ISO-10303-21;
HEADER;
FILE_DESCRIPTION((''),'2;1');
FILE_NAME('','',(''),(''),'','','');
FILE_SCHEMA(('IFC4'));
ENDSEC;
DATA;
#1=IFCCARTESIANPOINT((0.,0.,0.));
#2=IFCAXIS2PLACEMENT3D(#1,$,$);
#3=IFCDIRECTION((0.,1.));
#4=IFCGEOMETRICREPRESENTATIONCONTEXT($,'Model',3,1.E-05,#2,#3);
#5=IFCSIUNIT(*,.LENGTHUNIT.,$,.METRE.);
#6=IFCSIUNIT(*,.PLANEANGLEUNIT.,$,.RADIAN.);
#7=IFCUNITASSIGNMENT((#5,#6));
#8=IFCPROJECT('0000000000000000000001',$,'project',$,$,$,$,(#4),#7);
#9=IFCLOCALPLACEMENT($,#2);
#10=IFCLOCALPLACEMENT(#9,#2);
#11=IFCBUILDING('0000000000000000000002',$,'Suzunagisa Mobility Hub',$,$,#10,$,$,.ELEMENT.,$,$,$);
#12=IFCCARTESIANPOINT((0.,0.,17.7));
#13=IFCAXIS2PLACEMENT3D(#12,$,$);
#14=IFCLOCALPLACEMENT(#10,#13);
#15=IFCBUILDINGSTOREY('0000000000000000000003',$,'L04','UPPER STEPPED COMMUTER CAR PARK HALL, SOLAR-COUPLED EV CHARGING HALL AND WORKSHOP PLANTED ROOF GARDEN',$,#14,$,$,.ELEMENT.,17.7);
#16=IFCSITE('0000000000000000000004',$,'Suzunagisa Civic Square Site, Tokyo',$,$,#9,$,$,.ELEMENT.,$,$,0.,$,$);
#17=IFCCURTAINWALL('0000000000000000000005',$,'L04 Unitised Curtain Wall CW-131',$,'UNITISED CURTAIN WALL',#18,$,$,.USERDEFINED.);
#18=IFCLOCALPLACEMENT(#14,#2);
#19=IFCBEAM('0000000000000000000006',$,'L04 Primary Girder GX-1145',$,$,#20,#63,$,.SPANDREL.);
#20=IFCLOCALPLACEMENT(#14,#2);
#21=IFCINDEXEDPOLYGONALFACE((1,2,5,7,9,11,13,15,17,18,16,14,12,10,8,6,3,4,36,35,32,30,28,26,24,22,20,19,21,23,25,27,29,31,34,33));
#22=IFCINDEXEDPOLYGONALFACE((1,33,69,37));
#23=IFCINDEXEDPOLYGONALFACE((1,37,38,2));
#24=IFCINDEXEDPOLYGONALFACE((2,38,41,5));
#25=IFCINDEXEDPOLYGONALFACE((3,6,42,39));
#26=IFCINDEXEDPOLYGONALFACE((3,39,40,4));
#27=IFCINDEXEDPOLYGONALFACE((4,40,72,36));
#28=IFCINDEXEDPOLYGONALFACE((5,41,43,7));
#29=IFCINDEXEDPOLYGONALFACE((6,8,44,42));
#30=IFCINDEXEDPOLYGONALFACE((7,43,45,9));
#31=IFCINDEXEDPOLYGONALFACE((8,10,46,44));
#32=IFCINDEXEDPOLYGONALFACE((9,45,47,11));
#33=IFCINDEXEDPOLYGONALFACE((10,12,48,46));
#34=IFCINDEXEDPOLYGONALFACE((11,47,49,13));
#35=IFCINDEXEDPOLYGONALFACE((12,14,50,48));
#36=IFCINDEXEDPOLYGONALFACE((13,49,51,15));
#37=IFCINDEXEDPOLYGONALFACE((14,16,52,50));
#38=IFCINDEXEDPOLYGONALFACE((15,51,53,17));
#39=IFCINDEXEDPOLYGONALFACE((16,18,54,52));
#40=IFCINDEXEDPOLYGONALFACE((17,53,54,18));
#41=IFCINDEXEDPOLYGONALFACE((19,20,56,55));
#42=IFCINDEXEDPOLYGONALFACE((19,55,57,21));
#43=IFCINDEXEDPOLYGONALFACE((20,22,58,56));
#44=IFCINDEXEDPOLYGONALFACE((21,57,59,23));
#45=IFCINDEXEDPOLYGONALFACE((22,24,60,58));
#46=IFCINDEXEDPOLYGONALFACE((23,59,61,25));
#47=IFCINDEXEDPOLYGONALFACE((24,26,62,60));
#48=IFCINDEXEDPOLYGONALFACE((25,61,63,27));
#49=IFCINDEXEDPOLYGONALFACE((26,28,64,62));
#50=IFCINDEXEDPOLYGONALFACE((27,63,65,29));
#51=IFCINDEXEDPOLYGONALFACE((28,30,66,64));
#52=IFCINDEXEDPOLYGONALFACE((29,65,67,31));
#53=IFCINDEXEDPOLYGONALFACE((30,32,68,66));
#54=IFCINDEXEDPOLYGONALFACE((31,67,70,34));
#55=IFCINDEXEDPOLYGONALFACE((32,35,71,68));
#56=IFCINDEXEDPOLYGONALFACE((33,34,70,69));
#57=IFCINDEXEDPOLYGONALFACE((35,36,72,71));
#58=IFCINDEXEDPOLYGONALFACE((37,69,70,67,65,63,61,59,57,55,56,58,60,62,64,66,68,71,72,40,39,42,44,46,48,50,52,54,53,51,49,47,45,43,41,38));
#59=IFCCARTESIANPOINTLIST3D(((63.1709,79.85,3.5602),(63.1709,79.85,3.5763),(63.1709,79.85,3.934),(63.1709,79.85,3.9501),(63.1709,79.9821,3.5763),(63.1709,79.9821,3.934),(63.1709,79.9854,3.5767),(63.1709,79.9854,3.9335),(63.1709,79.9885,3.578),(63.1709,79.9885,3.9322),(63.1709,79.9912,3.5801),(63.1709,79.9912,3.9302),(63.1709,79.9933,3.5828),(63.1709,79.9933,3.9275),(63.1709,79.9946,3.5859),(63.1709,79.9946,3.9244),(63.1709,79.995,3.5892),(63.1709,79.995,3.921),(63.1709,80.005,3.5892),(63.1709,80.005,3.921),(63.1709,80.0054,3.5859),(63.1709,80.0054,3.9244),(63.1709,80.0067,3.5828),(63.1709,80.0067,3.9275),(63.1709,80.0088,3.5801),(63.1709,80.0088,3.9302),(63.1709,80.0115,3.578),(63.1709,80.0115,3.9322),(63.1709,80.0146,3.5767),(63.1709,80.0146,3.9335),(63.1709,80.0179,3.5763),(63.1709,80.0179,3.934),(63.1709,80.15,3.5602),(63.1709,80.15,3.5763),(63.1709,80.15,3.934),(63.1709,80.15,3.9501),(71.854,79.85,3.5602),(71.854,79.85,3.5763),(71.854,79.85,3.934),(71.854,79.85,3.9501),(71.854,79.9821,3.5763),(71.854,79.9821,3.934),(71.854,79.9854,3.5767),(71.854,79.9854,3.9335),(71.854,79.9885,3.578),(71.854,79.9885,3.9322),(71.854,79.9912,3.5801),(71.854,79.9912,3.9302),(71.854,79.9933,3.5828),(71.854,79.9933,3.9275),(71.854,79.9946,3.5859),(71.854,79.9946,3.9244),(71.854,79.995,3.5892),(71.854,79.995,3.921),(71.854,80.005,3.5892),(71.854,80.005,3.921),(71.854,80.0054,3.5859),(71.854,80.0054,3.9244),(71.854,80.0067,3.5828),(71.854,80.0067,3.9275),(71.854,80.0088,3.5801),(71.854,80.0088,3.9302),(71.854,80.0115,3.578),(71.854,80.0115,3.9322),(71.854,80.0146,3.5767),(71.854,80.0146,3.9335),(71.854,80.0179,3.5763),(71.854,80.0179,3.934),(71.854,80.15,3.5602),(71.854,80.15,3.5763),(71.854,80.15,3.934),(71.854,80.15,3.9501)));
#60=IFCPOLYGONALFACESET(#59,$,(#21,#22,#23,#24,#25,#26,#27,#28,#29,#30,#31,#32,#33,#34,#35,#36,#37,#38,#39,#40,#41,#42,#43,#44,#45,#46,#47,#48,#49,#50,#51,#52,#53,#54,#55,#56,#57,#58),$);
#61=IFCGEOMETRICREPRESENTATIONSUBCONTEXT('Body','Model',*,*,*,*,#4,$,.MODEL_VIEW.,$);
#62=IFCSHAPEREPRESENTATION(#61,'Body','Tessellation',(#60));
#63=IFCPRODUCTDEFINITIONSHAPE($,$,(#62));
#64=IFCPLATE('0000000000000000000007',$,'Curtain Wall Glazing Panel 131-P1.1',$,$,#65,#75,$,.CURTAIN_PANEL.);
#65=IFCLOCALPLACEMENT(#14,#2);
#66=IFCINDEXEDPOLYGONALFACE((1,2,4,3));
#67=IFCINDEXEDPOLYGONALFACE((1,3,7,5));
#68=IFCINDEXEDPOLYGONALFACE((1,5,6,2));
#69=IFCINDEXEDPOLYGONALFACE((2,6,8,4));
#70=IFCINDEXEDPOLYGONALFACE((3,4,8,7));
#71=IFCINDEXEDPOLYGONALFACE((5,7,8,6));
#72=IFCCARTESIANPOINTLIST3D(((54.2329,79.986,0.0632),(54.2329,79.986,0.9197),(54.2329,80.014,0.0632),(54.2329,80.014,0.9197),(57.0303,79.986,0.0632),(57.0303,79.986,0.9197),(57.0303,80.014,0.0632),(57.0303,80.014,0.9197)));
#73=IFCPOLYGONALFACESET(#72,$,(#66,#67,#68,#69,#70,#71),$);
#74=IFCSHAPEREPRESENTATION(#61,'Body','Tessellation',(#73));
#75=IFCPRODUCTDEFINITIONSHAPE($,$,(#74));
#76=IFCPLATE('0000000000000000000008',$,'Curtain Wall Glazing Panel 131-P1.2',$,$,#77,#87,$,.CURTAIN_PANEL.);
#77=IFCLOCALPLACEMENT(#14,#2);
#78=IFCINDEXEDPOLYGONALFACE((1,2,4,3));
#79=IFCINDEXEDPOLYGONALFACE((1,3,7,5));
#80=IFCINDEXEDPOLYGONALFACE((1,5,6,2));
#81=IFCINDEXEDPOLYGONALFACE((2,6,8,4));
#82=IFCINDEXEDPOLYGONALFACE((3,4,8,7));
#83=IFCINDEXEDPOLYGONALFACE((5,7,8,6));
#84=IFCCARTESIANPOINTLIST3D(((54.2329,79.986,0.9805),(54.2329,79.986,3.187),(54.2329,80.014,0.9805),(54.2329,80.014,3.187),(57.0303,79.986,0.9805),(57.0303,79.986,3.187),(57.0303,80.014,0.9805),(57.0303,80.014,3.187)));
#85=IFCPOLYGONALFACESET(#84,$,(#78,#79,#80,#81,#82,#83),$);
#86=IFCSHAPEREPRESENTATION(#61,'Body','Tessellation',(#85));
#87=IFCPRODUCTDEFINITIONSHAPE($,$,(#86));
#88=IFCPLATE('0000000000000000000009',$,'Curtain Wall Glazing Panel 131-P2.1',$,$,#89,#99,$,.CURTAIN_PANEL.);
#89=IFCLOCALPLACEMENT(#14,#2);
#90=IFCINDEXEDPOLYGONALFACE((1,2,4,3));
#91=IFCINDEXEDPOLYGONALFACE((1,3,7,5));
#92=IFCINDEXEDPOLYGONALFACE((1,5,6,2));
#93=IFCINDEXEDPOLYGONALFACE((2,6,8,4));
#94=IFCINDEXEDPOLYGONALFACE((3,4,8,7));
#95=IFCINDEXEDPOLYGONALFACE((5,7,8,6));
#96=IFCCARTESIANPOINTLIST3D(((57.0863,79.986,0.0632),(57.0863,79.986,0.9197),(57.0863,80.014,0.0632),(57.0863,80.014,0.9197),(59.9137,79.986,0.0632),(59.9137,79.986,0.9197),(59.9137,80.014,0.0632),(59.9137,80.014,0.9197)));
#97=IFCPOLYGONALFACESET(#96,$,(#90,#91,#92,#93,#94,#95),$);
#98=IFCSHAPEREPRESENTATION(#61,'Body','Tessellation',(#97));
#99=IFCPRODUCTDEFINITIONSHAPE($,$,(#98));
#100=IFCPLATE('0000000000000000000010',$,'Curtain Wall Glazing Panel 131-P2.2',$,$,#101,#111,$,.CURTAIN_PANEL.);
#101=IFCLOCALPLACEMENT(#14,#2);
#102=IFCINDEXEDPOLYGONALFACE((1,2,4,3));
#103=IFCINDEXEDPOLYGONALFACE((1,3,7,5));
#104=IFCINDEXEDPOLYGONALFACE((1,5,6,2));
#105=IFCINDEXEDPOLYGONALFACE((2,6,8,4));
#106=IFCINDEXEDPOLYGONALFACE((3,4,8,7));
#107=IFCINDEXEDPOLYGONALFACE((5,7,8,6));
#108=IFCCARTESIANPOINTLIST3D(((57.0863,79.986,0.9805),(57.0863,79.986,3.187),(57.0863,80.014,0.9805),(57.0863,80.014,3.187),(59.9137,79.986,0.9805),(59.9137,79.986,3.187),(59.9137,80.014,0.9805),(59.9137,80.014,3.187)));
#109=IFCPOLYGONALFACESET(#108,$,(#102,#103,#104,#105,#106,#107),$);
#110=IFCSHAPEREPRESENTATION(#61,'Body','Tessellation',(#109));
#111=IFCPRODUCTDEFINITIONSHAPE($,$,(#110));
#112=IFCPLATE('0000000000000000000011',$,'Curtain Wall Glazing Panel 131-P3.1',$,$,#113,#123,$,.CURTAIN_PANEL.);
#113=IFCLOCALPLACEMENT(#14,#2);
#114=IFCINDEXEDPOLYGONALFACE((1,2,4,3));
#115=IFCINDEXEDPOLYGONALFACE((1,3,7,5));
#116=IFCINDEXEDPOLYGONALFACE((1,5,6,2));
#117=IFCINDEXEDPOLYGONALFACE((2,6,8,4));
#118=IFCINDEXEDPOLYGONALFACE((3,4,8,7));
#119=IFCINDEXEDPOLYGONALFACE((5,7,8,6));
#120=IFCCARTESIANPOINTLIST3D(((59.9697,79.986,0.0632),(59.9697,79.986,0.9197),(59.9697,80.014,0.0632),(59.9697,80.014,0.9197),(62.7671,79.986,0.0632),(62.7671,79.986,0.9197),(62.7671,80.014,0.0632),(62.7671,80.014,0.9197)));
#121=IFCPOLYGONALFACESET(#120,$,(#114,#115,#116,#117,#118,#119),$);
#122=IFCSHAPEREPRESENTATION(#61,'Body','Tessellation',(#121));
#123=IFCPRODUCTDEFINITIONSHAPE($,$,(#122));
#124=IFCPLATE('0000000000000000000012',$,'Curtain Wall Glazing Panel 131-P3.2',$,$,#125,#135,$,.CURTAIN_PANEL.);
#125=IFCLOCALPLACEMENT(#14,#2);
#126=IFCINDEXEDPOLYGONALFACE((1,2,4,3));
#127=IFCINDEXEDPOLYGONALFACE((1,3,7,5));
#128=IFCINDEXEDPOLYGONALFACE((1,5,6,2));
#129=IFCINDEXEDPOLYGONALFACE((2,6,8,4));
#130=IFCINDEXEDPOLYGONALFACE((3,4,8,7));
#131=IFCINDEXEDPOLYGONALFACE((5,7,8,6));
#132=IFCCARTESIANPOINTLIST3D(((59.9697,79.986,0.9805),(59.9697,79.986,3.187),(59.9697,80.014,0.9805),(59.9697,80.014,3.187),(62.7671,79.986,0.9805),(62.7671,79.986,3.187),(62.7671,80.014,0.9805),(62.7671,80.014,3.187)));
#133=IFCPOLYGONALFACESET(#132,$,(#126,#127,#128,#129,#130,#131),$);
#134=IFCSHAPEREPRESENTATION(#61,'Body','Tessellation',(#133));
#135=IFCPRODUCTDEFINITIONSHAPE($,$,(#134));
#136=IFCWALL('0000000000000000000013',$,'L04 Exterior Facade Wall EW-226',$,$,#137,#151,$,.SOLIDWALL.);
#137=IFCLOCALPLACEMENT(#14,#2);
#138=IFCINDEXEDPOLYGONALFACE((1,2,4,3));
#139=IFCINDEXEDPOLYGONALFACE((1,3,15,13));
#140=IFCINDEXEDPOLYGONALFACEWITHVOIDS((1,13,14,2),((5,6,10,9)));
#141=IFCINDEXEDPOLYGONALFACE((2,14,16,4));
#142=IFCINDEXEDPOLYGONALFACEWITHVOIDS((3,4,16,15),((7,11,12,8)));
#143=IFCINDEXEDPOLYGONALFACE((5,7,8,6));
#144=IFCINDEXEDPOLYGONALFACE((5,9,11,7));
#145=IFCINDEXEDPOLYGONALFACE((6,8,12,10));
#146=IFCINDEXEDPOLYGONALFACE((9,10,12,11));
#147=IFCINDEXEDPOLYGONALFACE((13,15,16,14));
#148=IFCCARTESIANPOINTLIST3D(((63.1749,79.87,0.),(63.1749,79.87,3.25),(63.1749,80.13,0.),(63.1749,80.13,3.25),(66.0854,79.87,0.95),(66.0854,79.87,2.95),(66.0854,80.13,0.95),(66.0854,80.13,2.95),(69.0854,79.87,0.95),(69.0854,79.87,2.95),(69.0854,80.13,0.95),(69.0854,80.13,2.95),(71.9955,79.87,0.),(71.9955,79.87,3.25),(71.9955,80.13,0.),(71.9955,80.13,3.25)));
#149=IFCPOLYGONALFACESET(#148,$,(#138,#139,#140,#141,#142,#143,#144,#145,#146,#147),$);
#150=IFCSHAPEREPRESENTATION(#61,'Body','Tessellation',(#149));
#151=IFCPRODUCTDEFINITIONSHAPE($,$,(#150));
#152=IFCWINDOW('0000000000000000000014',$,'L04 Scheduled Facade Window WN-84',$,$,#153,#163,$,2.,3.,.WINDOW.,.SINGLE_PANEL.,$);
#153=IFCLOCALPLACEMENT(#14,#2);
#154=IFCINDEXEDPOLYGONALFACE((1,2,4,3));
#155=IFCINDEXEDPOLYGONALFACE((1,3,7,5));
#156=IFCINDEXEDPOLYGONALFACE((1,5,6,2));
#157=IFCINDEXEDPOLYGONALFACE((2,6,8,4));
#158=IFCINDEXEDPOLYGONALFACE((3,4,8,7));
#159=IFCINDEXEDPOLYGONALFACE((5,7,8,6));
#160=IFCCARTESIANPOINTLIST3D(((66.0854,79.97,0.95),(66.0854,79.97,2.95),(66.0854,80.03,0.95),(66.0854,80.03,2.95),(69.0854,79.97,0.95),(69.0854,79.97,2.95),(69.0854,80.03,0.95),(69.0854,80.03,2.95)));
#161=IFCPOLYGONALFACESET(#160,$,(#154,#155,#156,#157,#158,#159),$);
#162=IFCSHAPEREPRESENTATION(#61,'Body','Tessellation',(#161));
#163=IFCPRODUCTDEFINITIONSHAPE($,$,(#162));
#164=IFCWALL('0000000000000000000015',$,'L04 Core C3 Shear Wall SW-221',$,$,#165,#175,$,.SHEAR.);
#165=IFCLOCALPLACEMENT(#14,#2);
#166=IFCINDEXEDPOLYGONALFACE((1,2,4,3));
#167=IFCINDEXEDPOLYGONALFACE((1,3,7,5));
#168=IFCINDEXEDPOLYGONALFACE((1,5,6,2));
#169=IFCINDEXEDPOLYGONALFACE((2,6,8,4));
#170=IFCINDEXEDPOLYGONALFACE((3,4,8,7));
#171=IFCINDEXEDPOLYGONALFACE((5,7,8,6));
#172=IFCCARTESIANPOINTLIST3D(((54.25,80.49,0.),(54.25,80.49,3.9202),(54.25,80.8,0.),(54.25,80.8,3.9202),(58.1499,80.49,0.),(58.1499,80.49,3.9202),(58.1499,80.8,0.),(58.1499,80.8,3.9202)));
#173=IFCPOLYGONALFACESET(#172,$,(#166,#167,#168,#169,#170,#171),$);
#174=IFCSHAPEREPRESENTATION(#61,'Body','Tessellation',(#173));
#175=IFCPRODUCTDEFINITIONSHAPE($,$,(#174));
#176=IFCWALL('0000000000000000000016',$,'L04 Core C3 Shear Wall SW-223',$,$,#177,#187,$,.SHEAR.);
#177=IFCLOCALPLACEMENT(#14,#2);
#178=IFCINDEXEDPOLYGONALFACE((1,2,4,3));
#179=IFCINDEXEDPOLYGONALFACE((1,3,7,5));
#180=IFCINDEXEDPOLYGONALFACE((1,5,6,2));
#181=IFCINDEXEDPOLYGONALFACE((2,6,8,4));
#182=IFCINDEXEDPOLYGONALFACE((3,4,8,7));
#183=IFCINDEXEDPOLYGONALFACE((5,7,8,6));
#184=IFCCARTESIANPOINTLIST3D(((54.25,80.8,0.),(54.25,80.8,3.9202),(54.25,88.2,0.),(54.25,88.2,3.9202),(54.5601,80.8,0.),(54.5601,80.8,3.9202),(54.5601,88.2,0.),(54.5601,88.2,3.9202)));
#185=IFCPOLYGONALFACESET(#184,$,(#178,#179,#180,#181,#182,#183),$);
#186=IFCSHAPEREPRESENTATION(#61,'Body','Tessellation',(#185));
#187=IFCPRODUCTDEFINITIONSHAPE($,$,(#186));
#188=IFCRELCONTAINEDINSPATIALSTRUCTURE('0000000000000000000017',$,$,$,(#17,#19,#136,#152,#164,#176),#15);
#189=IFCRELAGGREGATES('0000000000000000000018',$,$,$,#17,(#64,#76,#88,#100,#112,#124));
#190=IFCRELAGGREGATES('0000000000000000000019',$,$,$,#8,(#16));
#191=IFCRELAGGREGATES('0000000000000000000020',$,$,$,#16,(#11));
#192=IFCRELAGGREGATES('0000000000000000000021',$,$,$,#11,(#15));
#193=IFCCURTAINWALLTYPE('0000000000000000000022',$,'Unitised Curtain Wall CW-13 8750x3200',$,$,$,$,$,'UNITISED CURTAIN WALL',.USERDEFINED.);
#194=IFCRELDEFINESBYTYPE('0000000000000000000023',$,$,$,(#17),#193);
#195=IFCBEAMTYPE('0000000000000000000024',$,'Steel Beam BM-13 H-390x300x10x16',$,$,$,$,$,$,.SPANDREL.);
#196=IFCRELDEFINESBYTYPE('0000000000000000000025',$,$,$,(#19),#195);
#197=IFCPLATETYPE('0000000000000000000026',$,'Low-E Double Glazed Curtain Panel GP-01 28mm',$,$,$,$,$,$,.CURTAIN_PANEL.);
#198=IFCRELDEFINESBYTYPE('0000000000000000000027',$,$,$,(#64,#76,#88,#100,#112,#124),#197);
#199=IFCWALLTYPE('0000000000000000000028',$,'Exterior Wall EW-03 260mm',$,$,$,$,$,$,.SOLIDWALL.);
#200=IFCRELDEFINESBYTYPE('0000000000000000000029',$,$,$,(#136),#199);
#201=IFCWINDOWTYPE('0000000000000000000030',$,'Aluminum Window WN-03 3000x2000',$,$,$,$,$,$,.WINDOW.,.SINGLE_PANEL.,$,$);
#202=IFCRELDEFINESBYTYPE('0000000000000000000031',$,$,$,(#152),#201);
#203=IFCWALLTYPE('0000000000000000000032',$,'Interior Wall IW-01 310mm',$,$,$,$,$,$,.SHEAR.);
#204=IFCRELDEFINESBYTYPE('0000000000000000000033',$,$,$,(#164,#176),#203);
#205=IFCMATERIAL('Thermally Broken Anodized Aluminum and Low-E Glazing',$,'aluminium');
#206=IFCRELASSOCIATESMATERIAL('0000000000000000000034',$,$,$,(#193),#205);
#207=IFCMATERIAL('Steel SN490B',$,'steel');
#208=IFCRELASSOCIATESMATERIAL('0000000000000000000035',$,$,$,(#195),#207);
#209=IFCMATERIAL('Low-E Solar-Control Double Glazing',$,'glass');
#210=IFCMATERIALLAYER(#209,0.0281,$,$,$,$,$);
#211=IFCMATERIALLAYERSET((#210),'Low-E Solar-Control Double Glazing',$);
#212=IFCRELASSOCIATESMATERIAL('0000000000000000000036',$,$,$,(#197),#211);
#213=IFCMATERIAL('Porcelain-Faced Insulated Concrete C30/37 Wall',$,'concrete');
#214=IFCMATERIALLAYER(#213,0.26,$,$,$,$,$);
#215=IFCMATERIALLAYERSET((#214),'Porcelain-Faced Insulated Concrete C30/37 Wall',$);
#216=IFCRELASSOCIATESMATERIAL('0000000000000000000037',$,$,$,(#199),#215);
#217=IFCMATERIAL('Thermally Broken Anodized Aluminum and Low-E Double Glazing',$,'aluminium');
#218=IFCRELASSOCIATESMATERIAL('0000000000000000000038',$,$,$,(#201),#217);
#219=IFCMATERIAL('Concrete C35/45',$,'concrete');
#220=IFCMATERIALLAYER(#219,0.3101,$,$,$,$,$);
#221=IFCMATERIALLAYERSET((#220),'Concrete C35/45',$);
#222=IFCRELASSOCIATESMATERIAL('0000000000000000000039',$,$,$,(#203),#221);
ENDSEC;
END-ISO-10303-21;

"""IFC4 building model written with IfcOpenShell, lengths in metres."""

from ifc_helpers import new_model, si_unit, direction, frame, frame_2d, origin, origin_2d, place, context, subcontext, project, spatial, rectangle, i_section, extrude, material, layer, layer_set, material_profile, profile_set, type_object, element, fill, aggregate, save


model = new_model("IFC4")

# Units and contexts
model_context = context("Model", 3, precision=1e-05, world=origin(), true_north=direction((0.0, 1.0)))
body_context = subcontext(model_context, "Body", "Model", "MODEL_VIEW")
ifc_project = project(units=[si_unit("LENGTHUNIT", "METRE"), si_unit("PLANEANGLEUNIT", "RADIAN")], contexts=[model_context])

# Site, building, storey
site_placement = place(None, origin())
site = spatial("IfcSite", under=ifc_project, at=site_placement, Name="Suzunagisa Civic Square Site, Tokyo", CompositionType="ELEMENT", RefElevation=0.0)
building_placement = place(site_placement, origin())
building = spatial("IfcBuilding", under=site, at=building_placement, Name="Suzunagisa Mobility Hub", CompositionType="ELEMENT")
storey_placement = place(building_placement, frame((0.0, 0.0, 17.7)))
storey = spatial("IfcBuildingStorey", under=building, at=storey_placement, Name="L04", Description="UPPER STEPPED COMMUTER CAR PARK HALL, SOLAR-COUPLED EV CHARGING HALL AND WORKSHOP PLANTED ROOF GARDEN", CompositionType="ELEMENT", Elevation=17.7)

# Shared definitions
ifc_material_1 = material(Name="Steel SN490B", Category="steel")

# Curtain wall
ifc_material_2 = material(Name="Thermally Broken Anodized Aluminum and Low-E Glazing", Category="aluminium")
curtain_wall_type = type_object("IfcCurtainWallType", Name="Unitised Curtain Wall CW-13 8750x3200", ElementType="UNITISED CURTAIN WALL", PredefinedType="USERDEFINED", material=ifc_material_2)
curtain_wall_placement = place(storey_placement, origin())
curtain_wall = element("IfcCurtainWall", 1, at=curtain_wall_placement, inside=storey, type_object=curtain_wall_type, Name="L04 Unitised Curtain Wall CW-131", ObjectType="UNITISED CURTAIN WALL", PredefinedType="USERDEFINED")

# Beam
ifc_material_profile_1 = material_profile(ifc_material_1, i_section(OverallWidth=0.3, OverallDepth=0.3899, WebThickness=0.01, FlangeThickness=0.0161, FilletRadius=0.0129, at=origin_2d()), Name="H-390x300x10x16")
ifc_profile_set_1 = profile_set([ifc_material_profile_1], Name="Steel SN490B")
beam_type_1 = type_object("IfcBeamType", Name="Steel Beam BM-13 H-390x300x10x16", PredefinedType="SPANDREL", material=ifc_profile_set_1)
beam_1_placement = place(storey_placement, frame((63.1709, 80.0, 3.7551), z_axis=(1.0, 0.0, 0.0), x_axis=(0.0, 1.0, 0.0)))
element("IfcBeam", 2, at=beam_1_placement, inside=storey, type_object=beam_type_1, Name="L04 Primary Girder GX-1145", PredefinedType="SPANDREL", context=body_context, shape_type="SweptSolid", body=[
    extrude(i_section(OverallWidth=0.3, OverallDepth=0.3899, WebThickness=0.01, FlangeThickness=0.0161, FilletRadius=0.0129, at=origin_2d()), origin(), (0.0, 0.0, 1.0), 8.6831),
])

# Plates
ifc_material_3 = material(Name="Low-E Solar-Control Double Glazing", Category="glass")
ifc_layer_1 = layer(ifc_material_3, 0.0281)
ifc_layer_set_1 = layer_set([ifc_layer_1], Name="Low-E Solar-Control Double Glazing")
plate_type = type_object("IfcPlateType", Name="Low-E Double Glazed Curtain Panel GP-01 28mm", PredefinedType="CURTAIN_PANEL", material=ifc_layer_set_1)
plate_1_placement = place(storey_placement, frame((55.6316, 80.0, 0.0632), z_axis=(0.0, 0.0, 1.0), x_axis=(1.0, 0.0, 0.0)))
plate_1 = element("IfcPlate", 3, at=plate_1_placement, type_object=plate_type, Name="Curtain Wall Glazing Panel 131-P1.1", PredefinedType="CURTAIN_PANEL", context=body_context, shape_type="SweptSolid", body=[
    extrude(rectangle(XDim=2.7974, YDim=0.0281, at=origin_2d()), origin(), (0.0, 0.0, 1.0), 0.8564),
])
plate_2_placement = place(storey_placement, frame((55.6316, 80.0, 0.9805), z_axis=(0.0, 0.0, 1.0), x_axis=(1.0, 0.0, 0.0)))
plate_2 = element("IfcPlate", 4, at=plate_2_placement, type_object=plate_type, Name="Curtain Wall Glazing Panel 131-P1.2", PredefinedType="CURTAIN_PANEL", context=body_context, shape_type="SweptSolid", body=[
    extrude(rectangle(XDim=2.7974, YDim=0.0281, at=origin_2d()), origin(), (0.0, 0.0, 1.0), 2.2065),
])
plate_3_placement = place(storey_placement, frame((58.5, 80.0, 0.0632), z_axis=(0.0, 0.0, 1.0), x_axis=(1.0, 0.0, 0.0)))
plate_3 = element("IfcPlate", 5, at=plate_3_placement, type_object=plate_type, Name="Curtain Wall Glazing Panel 131-P2.1", PredefinedType="CURTAIN_PANEL", context=body_context, shape_type="SweptSolid", body=[
    extrude(rectangle(XDim=2.8274, YDim=0.0281, at=origin_2d()), origin(), (0.0, 0.0, 1.0), 0.8564),
])
plate_4_placement = place(storey_placement, frame((58.5, 80.0, 0.9805), z_axis=(0.0, 0.0, 1.0), x_axis=(1.0, 0.0, 0.0)))
plate_4 = element("IfcPlate", 6, at=plate_4_placement, type_object=plate_type, Name="Curtain Wall Glazing Panel 131-P2.2", PredefinedType="CURTAIN_PANEL", context=body_context, shape_type="SweptSolid", body=[
    extrude(rectangle(XDim=2.8274, YDim=0.0281, at=origin_2d()), origin(), (0.0, 0.0, 1.0), 2.2065),
])
plate_5_placement = place(storey_placement, frame((61.3684, 80.0, 0.0632), z_axis=(0.0, 0.0, 1.0), x_axis=(1.0, 0.0, 0.0)))
plate_5 = element("IfcPlate", 7, at=plate_5_placement, type_object=plate_type, Name="Curtain Wall Glazing Panel 131-P3.1", PredefinedType="CURTAIN_PANEL", context=body_context, shape_type="SweptSolid", body=[
    extrude(rectangle(XDim=2.7974, YDim=0.0281, at=origin_2d()), origin(), (0.0, 0.0, 1.0), 0.8564),
])
plate_6_placement = place(storey_placement, frame((61.3684, 80.0, 0.9805), z_axis=(0.0, 0.0, 1.0), x_axis=(1.0, 0.0, 0.0)))
plate_6 = element("IfcPlate", 8, at=plate_6_placement, type_object=plate_type, Name="Curtain Wall Glazing Panel 131-P3.2", PredefinedType="CURTAIN_PANEL", context=body_context, shape_type="SweptSolid", body=[
    extrude(rectangle(XDim=2.7974, YDim=0.0281, at=origin_2d()), origin(), (0.0, 0.0, 1.0), 2.2065),
])
aggregate(curtain_wall, [plate_1, plate_2, plate_3, plate_4, plate_5, plate_6])

# Wall, opening, window
ifc_material_4 = material(Name="Porcelain-Faced Insulated Concrete C30/37 Wall", Category="concrete")
ifc_layer_2 = layer(ifc_material_4, 0.26)
ifc_layer_set_2 = layer_set([ifc_layer_2], Name="Porcelain-Faced Insulated Concrete C30/37 Wall")
wall_type_1 = type_object("IfcWallType", Name="Exterior Wall EW-03 260mm", PredefinedType="SOLIDWALL", material=ifc_layer_set_2)
wall_1_placement = place(storey_placement, frame((63.175, 80.0, 0.0), z_axis=(0.0, 0.0, 1.0), x_axis=(1.0, 0.0, 0.0)))
wall_1 = element("IfcWall", 9, at=wall_1_placement, inside=storey, type_object=wall_type_1, Name="L04 Exterior Facade Wall EW-226", PredefinedType="SOLIDWALL", context=body_context, shape_type="SweptSolid", body=[
    extrude(rectangle(XDim=8.8206, YDim=0.26, at=frame_2d((4.4102, 0.0))), origin(), (0.0, 0.0, 1.0), 3.25),
])
opening_1_placement = place(wall_1_placement, frame((2.9104, 0.0, 0.95)))
opening_1 = element("IfcOpeningElement", 10, at=opening_1_placement, cuts=wall_1, PredefinedType="OPENING", context=body_context, shape_type="SweptSolid", body=[
    extrude(rectangle(XDim=3.0, YDim=2.0, at=frame_2d((1.5, 1.0))), frame((0.0, 0.1411, 0.0), z_axis=(0.0, -1.0, 0.0), x_axis=(1.0, 0.0, 0.0)), (0.0, 0.0, 1.0), 0.282),
])
ifc_material_5 = material(Name="Thermally Broken Anodized Aluminum and Low-E Double Glazing", Category="aluminium")
window_type = type_object("IfcWindowType", Name="Aluminum Window WN-03 3000x2000", PartitioningType="SINGLE_PANEL", PredefinedType="WINDOW", material=ifc_material_5)
window_placement = place(opening_1_placement, origin())
window = element("IfcWindow", 11, at=window_placement, inside=storey, type_object=window_type, Name="L04 Scheduled Facade Window WN-84", OverallHeight=2.0, OverallWidth=3.0, PartitioningType="SINGLE_PANEL", PredefinedType="WINDOW", context=body_context, shape_type="SweptSolid", body=[
    extrude(rectangle(XDim=3.0, YDim=2.0, at=frame_2d((1.5, 1.0))), frame((0.0, 0.03, 0.0), z_axis=(0.0, -1.0, 0.0), x_axis=(1.0, 0.0, 0.0)), (0.0, 0.0, 1.0), 0.0601),
])
fill(opening_1, window)

# Walls
ifc_material_6 = material(Name="Concrete C35/45", Category="concrete")
ifc_layer_3 = layer(ifc_material_6, 0.3101)
ifc_layer_set_3 = layer_set([ifc_layer_3], Name="Concrete C35/45")
wall_type_2 = type_object("IfcWallType", Name="Interior Wall IW-01 310mm", PredefinedType="SHEAR", material=ifc_layer_set_3)
wall_2_placement = place(storey_placement, frame((54.25, 80.645, 0.0), z_axis=(0.0, 0.0, 1.0), x_axis=(1.0, 0.0, 0.0)))
element("IfcWall", 12, at=wall_2_placement, inside=storey, type_object=wall_type_2, Name="L04 Core C3 Shear Wall SW-221", PredefinedType="SHEAR", context=body_context, shape_type="SweptSolid", body=[
    extrude(rectangle(XDim=3.8999, YDim=0.3101, at=frame_2d((1.95, 0.0))), origin(), (0.0, 0.0, 1.0), 3.9202),
])
wall_3_placement = place(storey_placement, frame((54.405, 80.8, 0.0), z_axis=(0.0, 0.0, 1.0), x_axis=(0.0, 1.0, 0.0)))
element("IfcWall", 13, at=wall_3_placement, inside=storey, type_object=wall_type_2, Name="L04 Core C3 Shear Wall SW-223", PredefinedType="SHEAR", context=body_context, shape_type="SweptSolid", body=[
    extrude(rectangle(XDim=7.3999, YDim=0.3101, at=frame_2d((3.7, 0.0))), origin(), (0.0, 0.0, 1.0), 3.9202),
])

save(model, "model.ifc")
